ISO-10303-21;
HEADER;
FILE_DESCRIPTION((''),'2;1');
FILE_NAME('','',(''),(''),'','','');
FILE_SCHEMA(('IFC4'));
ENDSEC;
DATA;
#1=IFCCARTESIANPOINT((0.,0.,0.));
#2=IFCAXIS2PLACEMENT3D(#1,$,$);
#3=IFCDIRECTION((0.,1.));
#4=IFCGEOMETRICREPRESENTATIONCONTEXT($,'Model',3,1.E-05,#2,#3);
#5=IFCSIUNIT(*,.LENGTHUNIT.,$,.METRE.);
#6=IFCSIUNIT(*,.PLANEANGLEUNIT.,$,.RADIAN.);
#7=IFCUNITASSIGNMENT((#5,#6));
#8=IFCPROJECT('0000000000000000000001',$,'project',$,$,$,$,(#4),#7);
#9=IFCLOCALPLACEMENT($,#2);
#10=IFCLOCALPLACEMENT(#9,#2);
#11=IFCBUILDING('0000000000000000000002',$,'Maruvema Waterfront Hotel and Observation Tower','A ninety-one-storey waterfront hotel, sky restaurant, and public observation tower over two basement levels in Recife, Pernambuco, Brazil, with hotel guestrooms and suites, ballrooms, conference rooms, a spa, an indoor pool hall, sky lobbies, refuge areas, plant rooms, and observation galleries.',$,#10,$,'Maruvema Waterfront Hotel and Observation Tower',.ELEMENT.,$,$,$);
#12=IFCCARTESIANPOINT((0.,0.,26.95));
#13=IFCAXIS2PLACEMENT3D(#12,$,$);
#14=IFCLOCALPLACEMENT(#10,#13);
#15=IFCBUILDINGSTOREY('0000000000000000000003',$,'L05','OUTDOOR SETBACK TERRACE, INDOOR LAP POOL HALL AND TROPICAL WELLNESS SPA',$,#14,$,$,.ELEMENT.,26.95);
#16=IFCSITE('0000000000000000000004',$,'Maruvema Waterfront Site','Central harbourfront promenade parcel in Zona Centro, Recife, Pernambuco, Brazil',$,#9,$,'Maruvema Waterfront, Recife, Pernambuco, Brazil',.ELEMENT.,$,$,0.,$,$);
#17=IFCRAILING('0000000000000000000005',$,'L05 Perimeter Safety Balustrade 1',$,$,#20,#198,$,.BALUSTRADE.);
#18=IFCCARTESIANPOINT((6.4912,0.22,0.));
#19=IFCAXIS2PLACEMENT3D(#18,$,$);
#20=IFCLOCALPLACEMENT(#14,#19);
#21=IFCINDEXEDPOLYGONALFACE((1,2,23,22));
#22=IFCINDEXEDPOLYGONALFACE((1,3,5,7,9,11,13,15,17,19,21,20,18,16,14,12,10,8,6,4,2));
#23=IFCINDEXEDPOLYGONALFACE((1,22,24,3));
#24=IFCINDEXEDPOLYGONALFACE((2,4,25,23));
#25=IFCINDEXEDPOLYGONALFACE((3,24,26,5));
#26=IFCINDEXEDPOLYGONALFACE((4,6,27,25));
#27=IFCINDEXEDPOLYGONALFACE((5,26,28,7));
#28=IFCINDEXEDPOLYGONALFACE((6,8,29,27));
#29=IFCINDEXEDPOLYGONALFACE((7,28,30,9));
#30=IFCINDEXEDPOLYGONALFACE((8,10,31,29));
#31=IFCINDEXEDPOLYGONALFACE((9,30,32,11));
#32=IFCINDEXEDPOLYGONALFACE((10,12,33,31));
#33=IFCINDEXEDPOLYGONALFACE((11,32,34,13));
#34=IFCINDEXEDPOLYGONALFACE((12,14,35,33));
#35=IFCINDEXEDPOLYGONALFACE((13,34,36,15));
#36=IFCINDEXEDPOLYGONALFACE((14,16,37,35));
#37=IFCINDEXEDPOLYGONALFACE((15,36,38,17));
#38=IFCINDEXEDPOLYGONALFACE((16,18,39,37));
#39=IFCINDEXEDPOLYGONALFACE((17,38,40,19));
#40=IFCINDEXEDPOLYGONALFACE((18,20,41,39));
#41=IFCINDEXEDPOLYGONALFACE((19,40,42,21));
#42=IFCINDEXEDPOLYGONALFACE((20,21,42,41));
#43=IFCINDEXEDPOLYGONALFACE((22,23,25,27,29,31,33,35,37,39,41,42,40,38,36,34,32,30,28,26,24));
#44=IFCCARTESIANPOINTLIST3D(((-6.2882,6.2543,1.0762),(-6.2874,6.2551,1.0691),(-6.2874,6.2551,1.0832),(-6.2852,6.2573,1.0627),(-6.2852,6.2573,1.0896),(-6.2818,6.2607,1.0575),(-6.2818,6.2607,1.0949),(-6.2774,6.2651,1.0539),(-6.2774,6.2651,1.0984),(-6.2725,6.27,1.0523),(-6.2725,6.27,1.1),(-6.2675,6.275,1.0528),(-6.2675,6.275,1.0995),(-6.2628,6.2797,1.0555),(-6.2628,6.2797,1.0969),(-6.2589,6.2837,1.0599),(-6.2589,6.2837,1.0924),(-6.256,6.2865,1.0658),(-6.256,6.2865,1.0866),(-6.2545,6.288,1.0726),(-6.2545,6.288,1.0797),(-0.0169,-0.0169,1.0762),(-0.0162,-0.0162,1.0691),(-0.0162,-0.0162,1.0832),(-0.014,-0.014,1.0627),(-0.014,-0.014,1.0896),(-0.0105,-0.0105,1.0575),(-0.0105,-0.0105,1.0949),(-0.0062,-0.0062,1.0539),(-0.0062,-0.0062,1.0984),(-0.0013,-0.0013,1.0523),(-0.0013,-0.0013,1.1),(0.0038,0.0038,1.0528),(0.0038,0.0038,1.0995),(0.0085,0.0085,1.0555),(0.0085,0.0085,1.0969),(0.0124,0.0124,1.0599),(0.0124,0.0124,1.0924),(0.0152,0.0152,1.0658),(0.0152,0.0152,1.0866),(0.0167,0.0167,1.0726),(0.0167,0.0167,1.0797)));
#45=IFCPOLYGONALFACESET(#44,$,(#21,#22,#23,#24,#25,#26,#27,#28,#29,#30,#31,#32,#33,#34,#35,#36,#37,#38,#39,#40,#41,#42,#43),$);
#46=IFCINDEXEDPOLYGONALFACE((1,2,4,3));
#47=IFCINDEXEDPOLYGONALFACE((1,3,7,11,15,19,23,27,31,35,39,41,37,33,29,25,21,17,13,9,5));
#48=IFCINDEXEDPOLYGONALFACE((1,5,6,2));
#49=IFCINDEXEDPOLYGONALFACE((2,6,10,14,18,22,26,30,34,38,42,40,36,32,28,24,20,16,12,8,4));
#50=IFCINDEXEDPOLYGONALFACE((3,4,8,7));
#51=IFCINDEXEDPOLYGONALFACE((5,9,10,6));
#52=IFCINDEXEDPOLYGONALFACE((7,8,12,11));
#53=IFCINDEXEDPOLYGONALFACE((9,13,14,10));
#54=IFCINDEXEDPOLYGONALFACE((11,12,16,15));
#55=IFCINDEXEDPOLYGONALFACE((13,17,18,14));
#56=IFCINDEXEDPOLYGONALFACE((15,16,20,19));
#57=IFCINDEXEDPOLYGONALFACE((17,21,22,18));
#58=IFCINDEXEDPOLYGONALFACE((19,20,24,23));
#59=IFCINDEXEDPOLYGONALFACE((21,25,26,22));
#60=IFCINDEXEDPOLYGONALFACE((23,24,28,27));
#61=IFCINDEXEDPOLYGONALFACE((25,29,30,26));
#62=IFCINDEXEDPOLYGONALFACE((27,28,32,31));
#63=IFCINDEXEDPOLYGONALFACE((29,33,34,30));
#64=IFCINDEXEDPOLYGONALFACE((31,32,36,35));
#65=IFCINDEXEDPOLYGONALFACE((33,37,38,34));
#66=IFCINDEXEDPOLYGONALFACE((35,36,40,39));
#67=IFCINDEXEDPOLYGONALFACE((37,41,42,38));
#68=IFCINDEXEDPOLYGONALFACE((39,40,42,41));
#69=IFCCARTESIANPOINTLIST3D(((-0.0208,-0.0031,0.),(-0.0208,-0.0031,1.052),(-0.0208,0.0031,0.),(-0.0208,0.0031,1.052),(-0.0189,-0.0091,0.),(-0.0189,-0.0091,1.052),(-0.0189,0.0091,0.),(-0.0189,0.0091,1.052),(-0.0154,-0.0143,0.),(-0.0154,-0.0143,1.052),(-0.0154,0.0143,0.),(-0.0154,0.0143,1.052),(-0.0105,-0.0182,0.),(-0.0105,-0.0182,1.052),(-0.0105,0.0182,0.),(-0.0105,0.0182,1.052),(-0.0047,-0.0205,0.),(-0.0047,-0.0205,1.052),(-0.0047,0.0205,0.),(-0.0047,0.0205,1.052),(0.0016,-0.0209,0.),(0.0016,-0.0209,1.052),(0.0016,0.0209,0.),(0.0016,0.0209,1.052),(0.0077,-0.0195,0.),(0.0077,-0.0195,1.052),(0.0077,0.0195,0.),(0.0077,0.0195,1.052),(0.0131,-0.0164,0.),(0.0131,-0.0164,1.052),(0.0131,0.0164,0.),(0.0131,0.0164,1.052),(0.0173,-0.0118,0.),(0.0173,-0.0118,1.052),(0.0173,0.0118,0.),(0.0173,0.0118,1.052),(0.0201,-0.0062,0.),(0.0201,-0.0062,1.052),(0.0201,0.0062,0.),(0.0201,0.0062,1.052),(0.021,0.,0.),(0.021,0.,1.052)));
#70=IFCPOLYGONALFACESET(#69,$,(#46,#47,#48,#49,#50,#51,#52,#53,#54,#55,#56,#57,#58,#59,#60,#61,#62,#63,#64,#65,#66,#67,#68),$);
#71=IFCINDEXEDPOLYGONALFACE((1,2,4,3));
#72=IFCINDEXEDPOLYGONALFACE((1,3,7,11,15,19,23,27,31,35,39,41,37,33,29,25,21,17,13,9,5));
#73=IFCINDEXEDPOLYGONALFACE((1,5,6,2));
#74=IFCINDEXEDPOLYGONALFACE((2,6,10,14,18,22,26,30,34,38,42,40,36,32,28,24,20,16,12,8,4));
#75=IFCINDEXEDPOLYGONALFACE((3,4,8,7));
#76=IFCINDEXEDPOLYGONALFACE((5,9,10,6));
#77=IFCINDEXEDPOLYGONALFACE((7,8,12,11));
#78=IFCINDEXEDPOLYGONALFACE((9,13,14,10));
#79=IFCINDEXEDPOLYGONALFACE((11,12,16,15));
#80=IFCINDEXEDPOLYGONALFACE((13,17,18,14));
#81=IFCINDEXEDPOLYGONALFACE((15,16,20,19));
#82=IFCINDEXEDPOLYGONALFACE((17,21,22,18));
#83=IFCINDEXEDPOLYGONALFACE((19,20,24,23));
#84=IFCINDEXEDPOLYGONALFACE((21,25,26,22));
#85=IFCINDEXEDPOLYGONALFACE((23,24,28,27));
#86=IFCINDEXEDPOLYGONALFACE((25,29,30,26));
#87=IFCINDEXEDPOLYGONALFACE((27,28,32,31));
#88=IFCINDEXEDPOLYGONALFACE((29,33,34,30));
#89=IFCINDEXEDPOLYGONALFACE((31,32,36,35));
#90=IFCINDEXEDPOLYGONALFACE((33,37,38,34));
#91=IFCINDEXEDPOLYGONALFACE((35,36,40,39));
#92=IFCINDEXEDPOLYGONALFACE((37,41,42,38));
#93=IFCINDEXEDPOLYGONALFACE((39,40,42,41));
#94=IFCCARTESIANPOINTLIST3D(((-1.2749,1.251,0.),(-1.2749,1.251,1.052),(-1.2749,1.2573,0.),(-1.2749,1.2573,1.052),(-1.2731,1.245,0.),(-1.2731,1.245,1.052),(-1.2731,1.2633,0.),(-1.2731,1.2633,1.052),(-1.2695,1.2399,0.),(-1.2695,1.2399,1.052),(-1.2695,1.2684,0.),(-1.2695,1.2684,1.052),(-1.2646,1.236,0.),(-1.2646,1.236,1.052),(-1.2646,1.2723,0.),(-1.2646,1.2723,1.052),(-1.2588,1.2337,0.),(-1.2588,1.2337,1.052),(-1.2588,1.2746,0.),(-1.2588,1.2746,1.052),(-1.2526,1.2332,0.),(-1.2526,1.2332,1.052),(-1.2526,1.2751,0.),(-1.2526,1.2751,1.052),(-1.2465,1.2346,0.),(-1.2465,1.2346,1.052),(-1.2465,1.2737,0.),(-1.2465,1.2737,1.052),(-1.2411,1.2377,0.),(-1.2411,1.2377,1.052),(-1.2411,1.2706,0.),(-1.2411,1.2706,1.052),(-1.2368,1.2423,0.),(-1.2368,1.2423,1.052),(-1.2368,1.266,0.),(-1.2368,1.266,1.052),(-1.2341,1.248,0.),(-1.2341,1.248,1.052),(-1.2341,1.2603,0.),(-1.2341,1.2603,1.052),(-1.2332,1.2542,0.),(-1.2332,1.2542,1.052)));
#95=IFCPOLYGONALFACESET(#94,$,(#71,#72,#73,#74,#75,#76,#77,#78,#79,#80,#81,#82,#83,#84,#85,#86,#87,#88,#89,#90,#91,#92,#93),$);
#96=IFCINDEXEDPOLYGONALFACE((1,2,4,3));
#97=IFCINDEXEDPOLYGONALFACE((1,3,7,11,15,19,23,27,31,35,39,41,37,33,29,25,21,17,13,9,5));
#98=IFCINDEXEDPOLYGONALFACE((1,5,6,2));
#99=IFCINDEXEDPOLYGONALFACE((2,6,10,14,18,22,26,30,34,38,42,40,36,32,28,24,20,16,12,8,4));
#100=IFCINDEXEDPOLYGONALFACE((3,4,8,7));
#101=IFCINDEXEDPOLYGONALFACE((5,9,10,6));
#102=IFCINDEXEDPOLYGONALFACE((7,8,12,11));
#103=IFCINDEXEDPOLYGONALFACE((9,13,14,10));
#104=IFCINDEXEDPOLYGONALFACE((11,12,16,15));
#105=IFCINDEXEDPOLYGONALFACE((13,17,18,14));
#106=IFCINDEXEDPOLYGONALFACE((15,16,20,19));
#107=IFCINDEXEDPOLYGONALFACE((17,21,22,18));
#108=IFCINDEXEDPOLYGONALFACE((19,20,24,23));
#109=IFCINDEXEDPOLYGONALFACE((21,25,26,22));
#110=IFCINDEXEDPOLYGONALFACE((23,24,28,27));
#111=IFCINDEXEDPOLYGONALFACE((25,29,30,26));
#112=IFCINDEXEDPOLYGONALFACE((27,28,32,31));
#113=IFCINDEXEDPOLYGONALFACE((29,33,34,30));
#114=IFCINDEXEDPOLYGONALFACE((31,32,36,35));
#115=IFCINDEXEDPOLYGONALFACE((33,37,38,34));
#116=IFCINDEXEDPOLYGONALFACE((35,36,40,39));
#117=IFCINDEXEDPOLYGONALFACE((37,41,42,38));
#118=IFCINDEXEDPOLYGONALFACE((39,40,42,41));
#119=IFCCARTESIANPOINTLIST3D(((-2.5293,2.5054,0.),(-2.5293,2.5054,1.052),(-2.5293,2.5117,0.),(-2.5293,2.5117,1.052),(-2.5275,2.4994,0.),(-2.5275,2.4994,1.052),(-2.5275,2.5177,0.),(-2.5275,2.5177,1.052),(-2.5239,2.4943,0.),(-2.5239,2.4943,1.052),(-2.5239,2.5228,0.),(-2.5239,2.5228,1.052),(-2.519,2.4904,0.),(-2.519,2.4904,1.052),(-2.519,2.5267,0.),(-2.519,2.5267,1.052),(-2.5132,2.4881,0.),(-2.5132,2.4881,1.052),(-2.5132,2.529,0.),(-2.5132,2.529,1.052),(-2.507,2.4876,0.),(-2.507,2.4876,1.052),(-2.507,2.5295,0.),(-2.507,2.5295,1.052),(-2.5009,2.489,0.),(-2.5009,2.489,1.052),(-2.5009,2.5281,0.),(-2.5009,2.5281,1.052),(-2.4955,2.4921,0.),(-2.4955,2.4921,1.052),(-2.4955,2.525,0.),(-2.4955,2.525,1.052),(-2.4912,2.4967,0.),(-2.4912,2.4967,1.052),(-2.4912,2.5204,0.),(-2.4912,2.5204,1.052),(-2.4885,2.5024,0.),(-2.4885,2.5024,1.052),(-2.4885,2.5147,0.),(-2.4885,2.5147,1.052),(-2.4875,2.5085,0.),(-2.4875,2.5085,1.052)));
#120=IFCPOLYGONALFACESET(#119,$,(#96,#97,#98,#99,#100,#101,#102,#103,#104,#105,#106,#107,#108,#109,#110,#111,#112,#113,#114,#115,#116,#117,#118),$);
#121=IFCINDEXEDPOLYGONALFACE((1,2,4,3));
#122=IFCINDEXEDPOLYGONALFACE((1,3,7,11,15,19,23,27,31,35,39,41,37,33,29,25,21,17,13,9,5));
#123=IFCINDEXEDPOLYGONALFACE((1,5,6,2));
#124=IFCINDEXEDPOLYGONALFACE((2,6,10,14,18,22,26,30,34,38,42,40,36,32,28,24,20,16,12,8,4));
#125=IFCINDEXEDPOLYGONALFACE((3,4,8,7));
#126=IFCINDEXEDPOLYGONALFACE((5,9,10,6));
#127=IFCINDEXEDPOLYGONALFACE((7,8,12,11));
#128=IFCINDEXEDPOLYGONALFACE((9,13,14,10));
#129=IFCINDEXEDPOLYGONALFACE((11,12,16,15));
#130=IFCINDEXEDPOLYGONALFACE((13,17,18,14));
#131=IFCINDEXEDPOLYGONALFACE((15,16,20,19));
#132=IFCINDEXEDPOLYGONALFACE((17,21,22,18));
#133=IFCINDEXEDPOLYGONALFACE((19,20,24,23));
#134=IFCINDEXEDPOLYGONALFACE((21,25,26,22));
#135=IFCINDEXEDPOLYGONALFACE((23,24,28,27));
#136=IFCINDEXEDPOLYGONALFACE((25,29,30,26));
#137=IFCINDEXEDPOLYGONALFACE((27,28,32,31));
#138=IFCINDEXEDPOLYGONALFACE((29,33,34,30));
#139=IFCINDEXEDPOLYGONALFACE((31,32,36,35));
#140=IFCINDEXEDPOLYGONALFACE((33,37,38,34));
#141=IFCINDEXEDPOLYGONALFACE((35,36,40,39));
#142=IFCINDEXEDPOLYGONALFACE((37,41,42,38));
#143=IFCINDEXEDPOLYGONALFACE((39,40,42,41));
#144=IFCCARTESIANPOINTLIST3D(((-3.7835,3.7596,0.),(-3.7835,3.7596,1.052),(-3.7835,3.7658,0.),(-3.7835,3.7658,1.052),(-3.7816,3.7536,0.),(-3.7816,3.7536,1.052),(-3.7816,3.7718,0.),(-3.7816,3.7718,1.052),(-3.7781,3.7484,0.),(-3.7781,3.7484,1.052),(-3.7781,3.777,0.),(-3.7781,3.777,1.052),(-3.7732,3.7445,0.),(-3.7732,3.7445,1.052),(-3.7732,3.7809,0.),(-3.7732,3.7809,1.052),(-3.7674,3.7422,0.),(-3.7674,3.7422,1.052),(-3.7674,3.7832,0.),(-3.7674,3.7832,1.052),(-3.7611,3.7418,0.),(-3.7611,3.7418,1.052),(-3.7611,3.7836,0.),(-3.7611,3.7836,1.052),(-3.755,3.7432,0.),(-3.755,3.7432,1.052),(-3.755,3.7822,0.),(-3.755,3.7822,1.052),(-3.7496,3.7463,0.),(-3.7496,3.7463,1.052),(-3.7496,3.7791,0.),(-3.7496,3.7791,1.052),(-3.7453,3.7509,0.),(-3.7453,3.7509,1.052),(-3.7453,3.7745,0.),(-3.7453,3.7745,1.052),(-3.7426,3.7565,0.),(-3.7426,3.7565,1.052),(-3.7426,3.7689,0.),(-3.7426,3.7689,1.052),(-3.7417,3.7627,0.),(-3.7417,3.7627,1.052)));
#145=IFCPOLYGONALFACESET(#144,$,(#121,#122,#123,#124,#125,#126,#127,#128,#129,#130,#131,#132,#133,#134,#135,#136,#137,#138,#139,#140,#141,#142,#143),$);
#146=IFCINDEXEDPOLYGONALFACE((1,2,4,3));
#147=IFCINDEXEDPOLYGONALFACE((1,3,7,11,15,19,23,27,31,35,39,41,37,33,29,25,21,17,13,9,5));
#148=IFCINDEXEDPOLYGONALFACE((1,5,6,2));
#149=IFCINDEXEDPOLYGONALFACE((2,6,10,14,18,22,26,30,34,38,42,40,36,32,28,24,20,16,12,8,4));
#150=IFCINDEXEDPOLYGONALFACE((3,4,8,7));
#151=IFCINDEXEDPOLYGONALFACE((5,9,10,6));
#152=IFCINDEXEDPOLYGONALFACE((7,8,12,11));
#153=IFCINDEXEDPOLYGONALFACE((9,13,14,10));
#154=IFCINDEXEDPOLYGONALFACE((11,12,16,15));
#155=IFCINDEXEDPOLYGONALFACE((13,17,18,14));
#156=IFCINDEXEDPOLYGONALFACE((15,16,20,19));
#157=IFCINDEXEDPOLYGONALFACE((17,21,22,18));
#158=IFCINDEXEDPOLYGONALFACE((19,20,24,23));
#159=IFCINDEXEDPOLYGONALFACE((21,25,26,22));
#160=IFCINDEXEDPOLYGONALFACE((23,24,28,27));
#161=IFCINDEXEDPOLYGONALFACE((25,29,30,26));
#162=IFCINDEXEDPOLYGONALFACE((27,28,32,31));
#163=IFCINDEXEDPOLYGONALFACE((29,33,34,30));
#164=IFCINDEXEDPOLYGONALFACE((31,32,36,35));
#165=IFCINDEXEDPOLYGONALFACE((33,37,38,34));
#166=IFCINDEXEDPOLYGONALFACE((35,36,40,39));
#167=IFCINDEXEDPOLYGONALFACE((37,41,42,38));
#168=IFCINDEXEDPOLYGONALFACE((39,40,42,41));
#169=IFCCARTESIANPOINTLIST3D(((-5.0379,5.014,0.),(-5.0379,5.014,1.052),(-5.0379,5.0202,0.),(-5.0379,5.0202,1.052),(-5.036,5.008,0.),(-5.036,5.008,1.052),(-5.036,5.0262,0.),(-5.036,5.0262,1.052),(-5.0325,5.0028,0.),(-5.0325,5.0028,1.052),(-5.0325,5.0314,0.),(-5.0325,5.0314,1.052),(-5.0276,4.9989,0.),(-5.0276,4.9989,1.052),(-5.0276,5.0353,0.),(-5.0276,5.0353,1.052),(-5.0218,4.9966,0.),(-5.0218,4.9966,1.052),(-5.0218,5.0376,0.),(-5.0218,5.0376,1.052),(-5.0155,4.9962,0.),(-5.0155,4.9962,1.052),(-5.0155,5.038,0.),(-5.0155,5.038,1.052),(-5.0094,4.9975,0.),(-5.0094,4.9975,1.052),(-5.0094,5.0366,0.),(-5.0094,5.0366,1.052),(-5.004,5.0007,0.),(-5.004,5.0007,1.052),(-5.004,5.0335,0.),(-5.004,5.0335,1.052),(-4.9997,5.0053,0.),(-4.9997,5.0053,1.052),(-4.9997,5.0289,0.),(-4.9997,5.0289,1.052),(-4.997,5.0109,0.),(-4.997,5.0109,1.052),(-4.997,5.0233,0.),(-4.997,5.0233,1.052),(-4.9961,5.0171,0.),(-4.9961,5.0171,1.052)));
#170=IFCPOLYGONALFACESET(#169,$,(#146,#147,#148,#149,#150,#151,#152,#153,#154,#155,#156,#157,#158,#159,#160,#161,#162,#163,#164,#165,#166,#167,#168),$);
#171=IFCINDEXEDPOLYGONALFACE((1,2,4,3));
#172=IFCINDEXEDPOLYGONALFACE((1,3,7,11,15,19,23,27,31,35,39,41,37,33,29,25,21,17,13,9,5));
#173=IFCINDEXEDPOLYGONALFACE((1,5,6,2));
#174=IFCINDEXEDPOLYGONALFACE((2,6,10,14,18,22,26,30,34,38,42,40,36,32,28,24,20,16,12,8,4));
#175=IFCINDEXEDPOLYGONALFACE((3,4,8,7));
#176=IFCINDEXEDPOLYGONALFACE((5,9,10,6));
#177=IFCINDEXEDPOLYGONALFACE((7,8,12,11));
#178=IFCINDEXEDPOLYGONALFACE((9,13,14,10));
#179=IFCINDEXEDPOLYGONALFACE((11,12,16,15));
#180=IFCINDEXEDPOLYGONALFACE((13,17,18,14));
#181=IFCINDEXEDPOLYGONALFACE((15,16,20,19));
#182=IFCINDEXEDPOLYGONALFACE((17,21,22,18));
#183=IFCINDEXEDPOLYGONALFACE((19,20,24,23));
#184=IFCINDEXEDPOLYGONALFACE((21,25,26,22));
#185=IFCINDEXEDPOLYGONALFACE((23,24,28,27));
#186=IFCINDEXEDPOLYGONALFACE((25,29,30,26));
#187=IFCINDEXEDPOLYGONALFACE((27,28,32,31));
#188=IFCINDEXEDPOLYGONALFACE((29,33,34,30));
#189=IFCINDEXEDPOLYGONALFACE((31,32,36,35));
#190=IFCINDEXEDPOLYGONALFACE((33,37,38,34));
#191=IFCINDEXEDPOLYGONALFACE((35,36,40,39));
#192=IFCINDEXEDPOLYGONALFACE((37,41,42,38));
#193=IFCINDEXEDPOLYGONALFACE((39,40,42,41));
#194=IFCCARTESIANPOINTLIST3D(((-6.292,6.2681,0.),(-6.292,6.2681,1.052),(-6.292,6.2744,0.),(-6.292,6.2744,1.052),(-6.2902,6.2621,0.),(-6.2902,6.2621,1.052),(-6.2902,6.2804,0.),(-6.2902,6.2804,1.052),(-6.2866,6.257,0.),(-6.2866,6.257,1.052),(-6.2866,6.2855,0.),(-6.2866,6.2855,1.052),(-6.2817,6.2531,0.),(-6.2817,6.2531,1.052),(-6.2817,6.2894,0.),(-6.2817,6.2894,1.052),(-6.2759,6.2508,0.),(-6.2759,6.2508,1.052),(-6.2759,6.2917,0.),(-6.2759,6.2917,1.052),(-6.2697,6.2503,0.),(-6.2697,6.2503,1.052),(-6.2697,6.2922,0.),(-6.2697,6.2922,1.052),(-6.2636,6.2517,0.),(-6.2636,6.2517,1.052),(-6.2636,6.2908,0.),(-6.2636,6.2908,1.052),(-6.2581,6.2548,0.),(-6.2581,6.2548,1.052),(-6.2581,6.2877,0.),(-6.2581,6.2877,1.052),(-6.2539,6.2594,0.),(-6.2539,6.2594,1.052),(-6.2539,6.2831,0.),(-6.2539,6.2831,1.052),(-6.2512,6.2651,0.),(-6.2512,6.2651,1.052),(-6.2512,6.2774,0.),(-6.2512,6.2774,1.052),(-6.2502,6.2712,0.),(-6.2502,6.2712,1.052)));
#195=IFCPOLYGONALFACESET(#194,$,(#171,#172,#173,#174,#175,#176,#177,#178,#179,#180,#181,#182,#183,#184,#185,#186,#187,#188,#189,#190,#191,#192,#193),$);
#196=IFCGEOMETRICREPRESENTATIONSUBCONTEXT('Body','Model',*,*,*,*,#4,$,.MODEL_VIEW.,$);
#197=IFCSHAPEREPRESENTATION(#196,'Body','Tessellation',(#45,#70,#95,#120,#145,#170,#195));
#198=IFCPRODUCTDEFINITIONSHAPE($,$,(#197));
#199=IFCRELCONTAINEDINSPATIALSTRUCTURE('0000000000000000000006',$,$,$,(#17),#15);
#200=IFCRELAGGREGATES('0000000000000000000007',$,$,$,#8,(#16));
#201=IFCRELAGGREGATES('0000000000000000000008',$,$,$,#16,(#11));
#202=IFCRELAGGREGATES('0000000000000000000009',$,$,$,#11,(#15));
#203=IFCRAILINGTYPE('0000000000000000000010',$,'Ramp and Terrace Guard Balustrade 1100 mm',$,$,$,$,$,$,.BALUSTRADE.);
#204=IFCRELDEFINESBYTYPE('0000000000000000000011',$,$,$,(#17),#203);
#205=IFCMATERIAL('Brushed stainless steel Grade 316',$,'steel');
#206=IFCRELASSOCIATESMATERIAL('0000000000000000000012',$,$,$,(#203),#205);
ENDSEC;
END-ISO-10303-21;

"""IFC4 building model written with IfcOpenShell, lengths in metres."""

from ifc_helpers import new_model, si_unit, direction, frame, origin, origin_2d, place, context, subcontext, project, spatial, circle, extrude, material, type_object, element, save


model = new_model("IFC4")

# Units and contexts
model_context = context("Model", 3, precision=1e-05, world=origin(), true_north=direction((0.0, 1.0)))
body_context = subcontext(model_context, "Body", "Model", "MODEL_VIEW")
ifc_project = project(units=[si_unit("LENGTHUNIT", "METRE"), si_unit("PLANEANGLEUNIT", "RADIAN")], contexts=[model_context])

# Site, building, storey
site_placement = place(None, origin())
site = spatial("IfcSite", under=ifc_project, at=site_placement, Name="Maruvema Waterfront Site", Description="Central harbourfront promenade parcel in Zona Centro, Recife, Pernambuco, Brazil", LongName="Maruvema Waterfront, Recife, Pernambuco, Brazil", CompositionType="ELEMENT", RefElevation=0.0)
building_placement = place(site_placement, origin())
building = spatial("IfcBuilding", under=site, at=building_placement, Name="Maruvema Waterfront Hotel and Observation Tower", Description="A ninety-one-storey waterfront hotel, sky restaurant, and public observation tower over two basement levels in Recife, Pernambuco, Brazil, with hotel guestrooms and suites, ballrooms, conference rooms, a spa, an indoor pool hall, sky lobbies, refuge areas, plant rooms, and observation galleries.", LongName="Maruvema Waterfront Hotel and Observation Tower", CompositionType="ELEMENT")
storey_placement = place(building_placement, frame((0.0, 0.0, 26.95)))
storey = spatial("IfcBuildingStorey", under=building, at=storey_placement, Name="L05", Description="OUTDOOR SETBACK TERRACE, INDOOR LAP POOL HALL AND TROPICAL WELLNESS SPA", CompositionType="ELEMENT", Elevation=26.95)

# Railing
ifc_material_1 = material(Name="Brushed stainless steel Grade 316", Category="steel")
railing_type = type_object("IfcRailingType", Name="Ramp and Terrace Guard Balustrade 1100 mm", PredefinedType="BALUSTRADE", material=ifc_material_1)
railing_1_placement = place(storey_placement, frame((6.4912, 0.22, 0.0)))
element("IfcRailing", 1, at=railing_1_placement, inside=storey, type_object=railing_type, Name="L05 Perimeter Safety Balustrade 1", PredefinedType="BALUSTRADE", context=body_context, shape_type="SweptSolid", body=[
    extrude(circle(Radius=0.0239, at=origin_2d()), frame((0.0, 0.0, 1.0762), z_axis=(-0.707107, 0.707107, 0.0), x_axis=(-0.707107, -0.707107, 0.0)), (0.0, 0.0, 1.0), 8.8689),
    extrude(circle(Radius=0.021, at=origin_2d()), origin(), (0.0, 0.0, 1.0), 1.052),
    extrude(circle(Radius=0.021, at=origin_2d()), frame((-1.2542, 1.2542, 0.0)), (0.0, 0.0, 1.0), 1.052),
    extrude(circle(Radius=0.021, at=origin_2d()), frame((-2.5085, 2.5085, 0.0)), (0.0, 0.0, 1.0), 1.052),
    extrude(circle(Radius=0.021, at=origin_2d()), frame((-3.7627, 3.7627, 0.0)), (0.0, 0.0, 1.0), 1.052),
    extrude(circle(Radius=0.021, at=origin_2d()), frame((-5.0171, 5.0171, 0.0)), (0.0, 0.0, 1.0), 1.052),
    extrude(circle(Radius=0.021, at=origin_2d()), frame((-6.2712, 6.2712, 0.0)), (0.0, 0.0, 1.0), 1.052),
])

save(model, "model.ifc")
